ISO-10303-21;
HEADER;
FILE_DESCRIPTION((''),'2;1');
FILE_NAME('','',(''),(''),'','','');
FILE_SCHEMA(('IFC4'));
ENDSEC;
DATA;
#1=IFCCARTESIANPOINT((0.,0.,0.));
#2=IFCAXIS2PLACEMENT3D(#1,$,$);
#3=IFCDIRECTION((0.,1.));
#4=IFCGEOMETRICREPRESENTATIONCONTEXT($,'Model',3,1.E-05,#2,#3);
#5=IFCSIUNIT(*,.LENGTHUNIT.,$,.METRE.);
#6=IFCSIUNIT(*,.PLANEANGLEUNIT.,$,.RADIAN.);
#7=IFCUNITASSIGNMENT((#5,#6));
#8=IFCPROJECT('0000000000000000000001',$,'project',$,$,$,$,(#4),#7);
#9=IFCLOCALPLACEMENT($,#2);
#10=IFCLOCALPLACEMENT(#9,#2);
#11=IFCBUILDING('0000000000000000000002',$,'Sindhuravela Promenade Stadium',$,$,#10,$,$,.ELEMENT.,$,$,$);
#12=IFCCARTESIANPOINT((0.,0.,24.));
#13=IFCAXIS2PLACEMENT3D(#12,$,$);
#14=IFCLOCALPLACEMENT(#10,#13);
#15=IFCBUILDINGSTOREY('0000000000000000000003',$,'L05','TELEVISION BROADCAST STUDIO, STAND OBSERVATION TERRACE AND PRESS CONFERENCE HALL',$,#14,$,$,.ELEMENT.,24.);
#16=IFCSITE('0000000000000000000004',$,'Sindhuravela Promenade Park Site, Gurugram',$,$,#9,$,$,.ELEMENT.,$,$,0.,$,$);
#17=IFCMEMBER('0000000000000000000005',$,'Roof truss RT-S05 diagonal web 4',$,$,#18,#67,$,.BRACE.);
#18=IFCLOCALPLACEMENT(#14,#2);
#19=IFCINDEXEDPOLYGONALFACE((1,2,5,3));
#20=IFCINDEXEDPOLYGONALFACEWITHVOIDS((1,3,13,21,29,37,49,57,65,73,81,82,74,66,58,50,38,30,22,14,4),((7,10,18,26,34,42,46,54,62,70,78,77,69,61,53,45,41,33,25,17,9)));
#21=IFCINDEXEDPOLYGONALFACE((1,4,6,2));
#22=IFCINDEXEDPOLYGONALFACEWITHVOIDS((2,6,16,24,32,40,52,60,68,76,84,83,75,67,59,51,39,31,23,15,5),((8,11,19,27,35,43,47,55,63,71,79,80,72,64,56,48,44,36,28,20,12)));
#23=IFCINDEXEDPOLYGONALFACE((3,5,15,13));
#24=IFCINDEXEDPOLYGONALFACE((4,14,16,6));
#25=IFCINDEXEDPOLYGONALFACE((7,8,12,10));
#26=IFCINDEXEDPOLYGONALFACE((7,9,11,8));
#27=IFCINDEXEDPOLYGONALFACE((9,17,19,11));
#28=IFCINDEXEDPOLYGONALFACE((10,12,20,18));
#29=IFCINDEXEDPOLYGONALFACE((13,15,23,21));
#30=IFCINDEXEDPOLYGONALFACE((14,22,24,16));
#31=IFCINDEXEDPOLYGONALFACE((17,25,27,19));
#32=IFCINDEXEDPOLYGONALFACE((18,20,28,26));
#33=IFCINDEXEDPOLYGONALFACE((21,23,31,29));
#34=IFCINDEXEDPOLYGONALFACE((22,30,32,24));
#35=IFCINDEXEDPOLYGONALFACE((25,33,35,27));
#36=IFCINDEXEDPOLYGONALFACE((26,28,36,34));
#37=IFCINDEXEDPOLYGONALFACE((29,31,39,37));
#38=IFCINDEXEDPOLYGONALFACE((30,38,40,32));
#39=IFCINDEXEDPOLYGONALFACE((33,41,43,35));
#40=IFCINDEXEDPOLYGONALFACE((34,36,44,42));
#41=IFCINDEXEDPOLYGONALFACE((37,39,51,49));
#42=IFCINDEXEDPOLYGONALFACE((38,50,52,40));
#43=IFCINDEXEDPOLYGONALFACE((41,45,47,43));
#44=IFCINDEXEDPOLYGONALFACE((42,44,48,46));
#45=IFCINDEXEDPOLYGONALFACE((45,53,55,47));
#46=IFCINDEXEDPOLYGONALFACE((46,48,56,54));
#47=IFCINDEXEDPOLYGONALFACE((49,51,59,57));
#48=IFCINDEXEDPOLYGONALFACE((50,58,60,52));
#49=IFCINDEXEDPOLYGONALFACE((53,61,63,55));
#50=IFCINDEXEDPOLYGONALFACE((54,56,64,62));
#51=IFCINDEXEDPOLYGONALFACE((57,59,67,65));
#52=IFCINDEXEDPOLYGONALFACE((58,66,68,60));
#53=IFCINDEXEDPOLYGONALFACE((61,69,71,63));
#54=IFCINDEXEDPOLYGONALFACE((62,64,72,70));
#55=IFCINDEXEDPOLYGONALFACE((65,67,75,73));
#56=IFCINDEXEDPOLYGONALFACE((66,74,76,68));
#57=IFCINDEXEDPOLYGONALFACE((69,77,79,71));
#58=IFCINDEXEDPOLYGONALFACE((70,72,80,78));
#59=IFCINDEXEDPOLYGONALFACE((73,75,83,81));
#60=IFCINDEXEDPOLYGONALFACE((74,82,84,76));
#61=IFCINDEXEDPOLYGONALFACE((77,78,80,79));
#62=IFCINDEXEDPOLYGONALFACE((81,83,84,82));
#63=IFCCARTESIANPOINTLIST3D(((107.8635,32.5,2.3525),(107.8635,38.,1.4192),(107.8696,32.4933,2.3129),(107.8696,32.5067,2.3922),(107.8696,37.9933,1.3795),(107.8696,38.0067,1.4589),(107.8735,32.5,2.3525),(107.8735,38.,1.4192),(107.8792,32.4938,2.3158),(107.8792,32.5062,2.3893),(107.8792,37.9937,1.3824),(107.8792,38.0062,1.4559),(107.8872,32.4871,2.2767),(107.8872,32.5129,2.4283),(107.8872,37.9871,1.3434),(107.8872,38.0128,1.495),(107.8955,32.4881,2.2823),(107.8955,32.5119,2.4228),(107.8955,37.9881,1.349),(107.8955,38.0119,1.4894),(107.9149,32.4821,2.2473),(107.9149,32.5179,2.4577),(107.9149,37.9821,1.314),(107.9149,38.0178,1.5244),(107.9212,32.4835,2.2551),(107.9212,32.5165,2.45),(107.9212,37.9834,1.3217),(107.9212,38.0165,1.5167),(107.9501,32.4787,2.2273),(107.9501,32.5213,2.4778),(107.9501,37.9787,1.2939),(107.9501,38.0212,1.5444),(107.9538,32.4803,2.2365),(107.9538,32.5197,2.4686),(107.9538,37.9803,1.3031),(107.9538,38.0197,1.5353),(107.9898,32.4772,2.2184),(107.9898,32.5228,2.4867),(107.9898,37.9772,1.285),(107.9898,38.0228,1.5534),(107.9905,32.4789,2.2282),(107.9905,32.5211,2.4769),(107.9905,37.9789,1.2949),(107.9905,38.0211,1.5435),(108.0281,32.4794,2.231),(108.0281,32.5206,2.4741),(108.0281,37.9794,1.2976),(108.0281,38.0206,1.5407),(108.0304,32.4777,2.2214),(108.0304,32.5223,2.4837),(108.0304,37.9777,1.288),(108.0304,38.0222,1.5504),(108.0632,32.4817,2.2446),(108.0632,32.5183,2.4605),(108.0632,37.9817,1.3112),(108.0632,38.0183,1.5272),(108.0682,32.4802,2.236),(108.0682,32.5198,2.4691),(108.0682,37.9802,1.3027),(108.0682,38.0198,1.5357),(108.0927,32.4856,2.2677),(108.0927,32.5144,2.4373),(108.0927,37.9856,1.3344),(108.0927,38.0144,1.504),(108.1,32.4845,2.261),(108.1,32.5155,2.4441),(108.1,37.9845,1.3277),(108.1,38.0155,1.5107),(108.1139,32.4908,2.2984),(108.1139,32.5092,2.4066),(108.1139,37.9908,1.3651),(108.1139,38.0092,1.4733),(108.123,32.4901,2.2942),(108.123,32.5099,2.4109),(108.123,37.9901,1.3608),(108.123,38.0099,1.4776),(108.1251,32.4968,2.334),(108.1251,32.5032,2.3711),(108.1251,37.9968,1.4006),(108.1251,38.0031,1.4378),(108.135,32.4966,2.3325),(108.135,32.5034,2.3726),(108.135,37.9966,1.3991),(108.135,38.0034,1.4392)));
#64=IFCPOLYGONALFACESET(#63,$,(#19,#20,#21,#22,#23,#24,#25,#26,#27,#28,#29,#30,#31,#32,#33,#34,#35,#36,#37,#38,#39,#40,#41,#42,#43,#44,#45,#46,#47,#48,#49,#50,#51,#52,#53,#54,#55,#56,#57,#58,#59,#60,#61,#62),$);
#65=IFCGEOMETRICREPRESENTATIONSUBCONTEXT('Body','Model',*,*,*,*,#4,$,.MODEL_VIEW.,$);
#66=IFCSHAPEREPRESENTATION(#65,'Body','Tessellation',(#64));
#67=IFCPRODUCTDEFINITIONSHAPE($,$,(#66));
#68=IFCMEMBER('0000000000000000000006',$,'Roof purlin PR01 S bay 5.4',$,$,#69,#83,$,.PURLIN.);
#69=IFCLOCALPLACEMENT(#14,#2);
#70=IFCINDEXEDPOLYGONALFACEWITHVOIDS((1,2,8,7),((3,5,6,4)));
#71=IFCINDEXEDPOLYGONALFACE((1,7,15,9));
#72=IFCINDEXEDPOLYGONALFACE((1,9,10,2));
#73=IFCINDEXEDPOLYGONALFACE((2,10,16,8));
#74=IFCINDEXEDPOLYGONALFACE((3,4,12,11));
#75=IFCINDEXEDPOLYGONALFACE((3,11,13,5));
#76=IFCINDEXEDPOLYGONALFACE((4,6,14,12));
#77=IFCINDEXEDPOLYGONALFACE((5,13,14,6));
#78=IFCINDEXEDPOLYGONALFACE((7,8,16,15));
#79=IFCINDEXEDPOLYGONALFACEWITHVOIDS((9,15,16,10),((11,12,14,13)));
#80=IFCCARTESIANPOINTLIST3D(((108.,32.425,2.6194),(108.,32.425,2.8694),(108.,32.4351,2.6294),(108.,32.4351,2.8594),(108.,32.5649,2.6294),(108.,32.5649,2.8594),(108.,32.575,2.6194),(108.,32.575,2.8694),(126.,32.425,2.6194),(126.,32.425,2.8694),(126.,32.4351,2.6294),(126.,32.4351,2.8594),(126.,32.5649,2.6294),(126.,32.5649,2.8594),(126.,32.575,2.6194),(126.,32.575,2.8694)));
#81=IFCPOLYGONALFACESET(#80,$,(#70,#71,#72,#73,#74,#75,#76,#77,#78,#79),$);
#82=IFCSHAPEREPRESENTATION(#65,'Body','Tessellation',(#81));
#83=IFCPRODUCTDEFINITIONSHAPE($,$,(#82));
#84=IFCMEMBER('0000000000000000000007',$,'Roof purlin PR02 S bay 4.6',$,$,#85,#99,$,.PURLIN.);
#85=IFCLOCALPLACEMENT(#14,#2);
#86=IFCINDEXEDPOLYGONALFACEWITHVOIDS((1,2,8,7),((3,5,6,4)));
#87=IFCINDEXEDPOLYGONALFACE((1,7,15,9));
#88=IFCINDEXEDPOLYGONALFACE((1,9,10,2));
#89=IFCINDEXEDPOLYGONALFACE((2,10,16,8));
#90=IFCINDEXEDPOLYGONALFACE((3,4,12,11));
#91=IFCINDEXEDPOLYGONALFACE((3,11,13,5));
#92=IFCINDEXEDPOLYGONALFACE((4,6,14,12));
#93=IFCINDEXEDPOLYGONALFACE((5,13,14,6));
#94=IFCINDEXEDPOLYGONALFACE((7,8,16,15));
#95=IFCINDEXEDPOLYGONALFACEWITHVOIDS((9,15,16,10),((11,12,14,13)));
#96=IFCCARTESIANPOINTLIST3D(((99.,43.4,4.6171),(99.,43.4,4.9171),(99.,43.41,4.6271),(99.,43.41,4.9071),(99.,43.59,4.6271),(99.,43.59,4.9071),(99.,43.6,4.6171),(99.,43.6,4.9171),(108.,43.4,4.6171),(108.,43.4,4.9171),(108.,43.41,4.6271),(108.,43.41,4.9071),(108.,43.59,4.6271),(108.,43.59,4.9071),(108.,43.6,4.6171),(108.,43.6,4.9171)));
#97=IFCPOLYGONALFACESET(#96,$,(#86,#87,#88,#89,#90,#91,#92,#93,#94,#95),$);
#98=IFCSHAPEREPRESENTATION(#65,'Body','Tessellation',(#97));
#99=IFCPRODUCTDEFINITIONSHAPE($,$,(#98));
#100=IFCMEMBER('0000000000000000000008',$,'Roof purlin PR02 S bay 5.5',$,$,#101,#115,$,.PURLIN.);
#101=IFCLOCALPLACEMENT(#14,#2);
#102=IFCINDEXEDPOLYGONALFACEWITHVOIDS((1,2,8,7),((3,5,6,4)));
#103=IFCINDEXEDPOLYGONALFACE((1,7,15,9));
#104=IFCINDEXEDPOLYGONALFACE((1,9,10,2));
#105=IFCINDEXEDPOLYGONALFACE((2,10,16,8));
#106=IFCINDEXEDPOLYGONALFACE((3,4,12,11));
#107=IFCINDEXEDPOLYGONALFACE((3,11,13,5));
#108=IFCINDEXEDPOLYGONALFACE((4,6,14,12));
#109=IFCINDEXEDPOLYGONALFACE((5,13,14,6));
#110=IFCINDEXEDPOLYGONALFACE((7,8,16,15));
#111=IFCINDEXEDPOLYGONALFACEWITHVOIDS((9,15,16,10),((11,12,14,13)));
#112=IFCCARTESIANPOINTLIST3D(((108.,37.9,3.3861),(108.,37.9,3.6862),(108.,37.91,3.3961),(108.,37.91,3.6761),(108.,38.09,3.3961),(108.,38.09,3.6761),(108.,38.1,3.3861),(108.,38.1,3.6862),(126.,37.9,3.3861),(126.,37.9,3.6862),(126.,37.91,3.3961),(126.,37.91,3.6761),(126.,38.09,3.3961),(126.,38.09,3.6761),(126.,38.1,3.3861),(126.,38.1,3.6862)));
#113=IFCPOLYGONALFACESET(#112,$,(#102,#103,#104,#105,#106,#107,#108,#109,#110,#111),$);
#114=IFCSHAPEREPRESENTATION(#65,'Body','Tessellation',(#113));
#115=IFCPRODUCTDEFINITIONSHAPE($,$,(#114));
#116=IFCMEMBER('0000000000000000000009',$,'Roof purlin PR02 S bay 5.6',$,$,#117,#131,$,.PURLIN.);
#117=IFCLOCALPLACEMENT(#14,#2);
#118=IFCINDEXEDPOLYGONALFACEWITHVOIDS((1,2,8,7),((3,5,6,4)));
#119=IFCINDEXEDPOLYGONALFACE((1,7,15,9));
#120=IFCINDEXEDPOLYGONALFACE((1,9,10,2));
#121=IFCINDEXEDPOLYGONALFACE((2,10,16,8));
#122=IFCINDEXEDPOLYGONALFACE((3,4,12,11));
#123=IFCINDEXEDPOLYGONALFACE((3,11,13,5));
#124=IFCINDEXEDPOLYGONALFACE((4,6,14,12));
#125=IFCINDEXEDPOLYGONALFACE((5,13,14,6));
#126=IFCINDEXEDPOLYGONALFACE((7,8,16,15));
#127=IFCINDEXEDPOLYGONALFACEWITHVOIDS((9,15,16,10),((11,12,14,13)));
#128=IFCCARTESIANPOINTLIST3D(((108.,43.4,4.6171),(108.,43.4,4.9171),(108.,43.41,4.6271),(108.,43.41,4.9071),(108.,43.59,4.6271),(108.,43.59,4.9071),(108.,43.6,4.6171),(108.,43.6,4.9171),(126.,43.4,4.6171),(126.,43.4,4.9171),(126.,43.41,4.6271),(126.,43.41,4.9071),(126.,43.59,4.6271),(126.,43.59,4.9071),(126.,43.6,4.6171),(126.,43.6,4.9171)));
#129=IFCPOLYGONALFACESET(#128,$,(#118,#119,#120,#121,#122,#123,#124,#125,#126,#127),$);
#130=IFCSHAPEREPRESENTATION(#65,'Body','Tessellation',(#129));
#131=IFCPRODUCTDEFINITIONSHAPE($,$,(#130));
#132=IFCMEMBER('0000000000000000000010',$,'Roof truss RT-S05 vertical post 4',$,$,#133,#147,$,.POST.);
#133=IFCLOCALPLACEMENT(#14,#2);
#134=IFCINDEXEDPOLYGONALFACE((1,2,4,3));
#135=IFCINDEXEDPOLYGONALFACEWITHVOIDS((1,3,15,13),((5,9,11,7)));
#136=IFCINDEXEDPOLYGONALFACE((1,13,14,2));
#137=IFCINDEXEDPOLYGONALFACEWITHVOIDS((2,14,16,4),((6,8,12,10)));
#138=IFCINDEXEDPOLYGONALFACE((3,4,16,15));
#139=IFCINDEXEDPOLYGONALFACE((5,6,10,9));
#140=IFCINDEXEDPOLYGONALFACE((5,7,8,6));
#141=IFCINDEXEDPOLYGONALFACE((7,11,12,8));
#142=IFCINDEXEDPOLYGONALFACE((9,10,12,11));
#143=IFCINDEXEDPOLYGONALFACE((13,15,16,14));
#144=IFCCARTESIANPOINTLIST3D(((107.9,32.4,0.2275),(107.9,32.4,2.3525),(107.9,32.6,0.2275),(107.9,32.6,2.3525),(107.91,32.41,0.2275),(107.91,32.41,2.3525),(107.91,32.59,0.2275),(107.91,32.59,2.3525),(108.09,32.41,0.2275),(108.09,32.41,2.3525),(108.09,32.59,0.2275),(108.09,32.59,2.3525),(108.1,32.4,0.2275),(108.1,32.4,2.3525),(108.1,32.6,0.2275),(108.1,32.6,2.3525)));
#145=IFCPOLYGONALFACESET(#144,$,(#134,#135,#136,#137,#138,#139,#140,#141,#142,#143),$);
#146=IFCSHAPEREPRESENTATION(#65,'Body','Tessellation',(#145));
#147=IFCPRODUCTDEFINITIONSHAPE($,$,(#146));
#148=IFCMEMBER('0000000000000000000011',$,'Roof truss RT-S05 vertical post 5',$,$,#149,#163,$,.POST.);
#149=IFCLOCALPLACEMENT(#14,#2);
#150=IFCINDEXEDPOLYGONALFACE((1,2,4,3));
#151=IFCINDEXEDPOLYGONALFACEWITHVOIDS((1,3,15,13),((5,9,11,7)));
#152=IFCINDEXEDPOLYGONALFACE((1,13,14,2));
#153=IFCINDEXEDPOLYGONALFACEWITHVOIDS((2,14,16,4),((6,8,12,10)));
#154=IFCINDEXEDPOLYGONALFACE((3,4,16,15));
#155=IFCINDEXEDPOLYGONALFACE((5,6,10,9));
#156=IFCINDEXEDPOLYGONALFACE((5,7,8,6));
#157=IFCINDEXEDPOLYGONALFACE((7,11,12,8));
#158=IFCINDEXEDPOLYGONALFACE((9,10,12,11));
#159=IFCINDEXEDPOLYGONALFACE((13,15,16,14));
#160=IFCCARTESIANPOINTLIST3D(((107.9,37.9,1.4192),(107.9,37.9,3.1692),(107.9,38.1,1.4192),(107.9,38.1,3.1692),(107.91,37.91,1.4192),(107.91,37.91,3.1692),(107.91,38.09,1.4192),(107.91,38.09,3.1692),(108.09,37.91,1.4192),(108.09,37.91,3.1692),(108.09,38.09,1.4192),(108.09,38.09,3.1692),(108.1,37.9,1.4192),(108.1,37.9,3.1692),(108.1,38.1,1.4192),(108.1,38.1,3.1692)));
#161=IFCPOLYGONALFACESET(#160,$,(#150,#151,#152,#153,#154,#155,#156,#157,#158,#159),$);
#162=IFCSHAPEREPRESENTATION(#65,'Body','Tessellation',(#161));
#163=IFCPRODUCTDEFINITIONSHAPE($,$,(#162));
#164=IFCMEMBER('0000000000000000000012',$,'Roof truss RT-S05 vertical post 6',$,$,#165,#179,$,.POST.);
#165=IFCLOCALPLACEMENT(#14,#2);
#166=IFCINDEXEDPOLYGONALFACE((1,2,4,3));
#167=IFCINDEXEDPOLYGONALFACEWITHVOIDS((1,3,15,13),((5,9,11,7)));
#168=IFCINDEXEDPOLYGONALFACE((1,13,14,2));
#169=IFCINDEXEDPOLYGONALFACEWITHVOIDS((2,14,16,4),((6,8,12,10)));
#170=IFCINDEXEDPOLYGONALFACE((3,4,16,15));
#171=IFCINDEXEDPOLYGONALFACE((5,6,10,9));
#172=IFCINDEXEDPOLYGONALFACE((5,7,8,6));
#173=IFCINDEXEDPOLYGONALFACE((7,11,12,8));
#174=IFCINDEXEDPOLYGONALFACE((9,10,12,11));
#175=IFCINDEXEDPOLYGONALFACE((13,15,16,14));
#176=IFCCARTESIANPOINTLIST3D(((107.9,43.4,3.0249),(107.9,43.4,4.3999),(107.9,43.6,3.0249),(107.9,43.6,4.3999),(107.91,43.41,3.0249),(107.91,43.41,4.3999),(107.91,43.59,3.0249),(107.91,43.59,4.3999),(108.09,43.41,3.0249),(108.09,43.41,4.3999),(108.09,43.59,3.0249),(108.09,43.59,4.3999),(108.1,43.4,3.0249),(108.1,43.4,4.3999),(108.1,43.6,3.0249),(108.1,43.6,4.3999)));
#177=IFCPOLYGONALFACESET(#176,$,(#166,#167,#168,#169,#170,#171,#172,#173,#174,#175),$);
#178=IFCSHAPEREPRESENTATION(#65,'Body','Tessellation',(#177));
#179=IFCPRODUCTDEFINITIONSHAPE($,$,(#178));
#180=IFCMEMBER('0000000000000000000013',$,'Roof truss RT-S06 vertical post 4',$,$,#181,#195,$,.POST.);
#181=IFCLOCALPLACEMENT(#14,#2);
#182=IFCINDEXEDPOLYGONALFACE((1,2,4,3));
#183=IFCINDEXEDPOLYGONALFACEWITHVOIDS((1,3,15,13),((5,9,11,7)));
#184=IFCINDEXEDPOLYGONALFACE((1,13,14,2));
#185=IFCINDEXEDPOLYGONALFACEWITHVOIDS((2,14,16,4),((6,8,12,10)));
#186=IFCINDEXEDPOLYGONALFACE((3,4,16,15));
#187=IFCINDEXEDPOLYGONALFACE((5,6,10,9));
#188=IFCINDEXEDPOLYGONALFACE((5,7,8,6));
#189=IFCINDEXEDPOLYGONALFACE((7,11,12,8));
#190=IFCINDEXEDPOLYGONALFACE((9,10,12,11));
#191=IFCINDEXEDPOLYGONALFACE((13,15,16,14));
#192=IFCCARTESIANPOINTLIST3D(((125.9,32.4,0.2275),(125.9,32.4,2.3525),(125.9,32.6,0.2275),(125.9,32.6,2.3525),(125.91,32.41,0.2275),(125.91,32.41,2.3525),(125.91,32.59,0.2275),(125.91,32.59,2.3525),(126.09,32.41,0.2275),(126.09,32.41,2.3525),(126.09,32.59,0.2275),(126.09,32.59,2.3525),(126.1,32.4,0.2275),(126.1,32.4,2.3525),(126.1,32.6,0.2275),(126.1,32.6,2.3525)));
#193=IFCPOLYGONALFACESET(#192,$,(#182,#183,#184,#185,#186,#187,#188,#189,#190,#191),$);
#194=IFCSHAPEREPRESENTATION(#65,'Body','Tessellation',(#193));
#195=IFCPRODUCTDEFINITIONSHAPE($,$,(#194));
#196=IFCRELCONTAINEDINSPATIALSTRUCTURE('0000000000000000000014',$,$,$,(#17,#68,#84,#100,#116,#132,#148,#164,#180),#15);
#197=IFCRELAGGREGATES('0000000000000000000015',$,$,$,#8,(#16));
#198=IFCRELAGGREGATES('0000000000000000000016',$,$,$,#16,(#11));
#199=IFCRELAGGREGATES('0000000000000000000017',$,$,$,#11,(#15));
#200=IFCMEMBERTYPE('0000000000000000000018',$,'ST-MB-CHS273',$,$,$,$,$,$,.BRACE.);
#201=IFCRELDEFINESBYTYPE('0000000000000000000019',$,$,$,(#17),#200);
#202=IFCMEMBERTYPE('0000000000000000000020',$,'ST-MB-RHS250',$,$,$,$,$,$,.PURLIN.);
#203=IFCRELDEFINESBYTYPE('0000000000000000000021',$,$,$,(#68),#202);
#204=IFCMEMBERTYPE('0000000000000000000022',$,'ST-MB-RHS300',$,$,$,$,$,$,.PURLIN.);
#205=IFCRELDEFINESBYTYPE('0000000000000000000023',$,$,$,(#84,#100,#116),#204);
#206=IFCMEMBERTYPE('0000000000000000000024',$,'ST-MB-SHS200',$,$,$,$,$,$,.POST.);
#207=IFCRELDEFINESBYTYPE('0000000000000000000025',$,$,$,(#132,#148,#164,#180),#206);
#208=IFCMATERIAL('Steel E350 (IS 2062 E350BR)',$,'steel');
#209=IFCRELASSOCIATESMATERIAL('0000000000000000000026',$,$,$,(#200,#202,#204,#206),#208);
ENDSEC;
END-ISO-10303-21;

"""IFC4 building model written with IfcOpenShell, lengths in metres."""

from ifc_helpers import new_model, si_unit, direction, frame, origin, origin_2d, place, context, subcontext, project, spatial, hollow_rectangle, hollow_circle, extrude, material, material_profile, profile_set, type_object, element, save


model = new_model("IFC4")

# Units and contexts
model_context = context("Model", 3, precision=1e-05, world=origin(), true_north=direction((0.0, 1.0)))
body_context = subcontext(model_context, "Body", "Model", "MODEL_VIEW")
ifc_project = project(units=[si_unit("LENGTHUNIT", "METRE"), si_unit("PLANEANGLEUNIT", "RADIAN")], contexts=[model_context])

# Site, building, storey
site_placement = place(None, origin())
site = spatial("IfcSite", under=ifc_project, at=site_placement, Name="Sindhuravela Promenade Park Site, Gurugram", CompositionType="ELEMENT", RefElevation=0.0)
building_placement = place(site_placement, origin())
building = spatial("IfcBuilding", under=site, at=building_placement, Name="Sindhuravela Promenade Stadium", CompositionType="ELEMENT")
storey_placement = place(building_placement, frame((0.0, 0.0, 24.0)))
storey = spatial("IfcBuildingStorey", under=building, at=storey_placement, Name="L05", Description="TELEVISION BROADCAST STUDIO, STAND OBSERVATION TERRACE AND PRESS CONFERENCE HALL", CompositionType="ELEMENT", Elevation=24.0)

# Shared definitions
ifc_material_1 = material(Name="Steel E350 (IS 2062 E350BR)", Category="steel")

# Members
ifc_material_profile_1 = material_profile(ifc_material_1, hollow_circle(Radius=0.1365, WallThickness=0.01, at=origin_2d()), Name="CHS 273.0x10")
ifc_profile_set_1 = profile_set([ifc_material_profile_1], Name="Steel E350 (IS 2062 E350BR)")
member_type_1 = type_object("IfcMemberType", Name="ST-MB-CHS273", PredefinedType="BRACE", material=ifc_profile_set_1)
member_1_placement = place(storey_placement, frame((108.0, 32.5, 2.3525), z_axis=(0.0, 0.985905, -0.167308), x_axis=(-1.0, 0.0, 0.0)))
element("IfcMember", 1, at=member_1_placement, inside=storey, type_object=member_type_1, Name="Roof truss RT-S05 diagonal web 4", PredefinedType="BRACE", context=body_context, shape_type="SweptSolid", body=[
    extrude(hollow_circle(Radius=0.1365, WallThickness=0.01, at=origin_2d()), origin(), (0.0, 0.0, 1.0), 5.5786),
])
ifc_material_profile_2 = material_profile(ifc_material_1, hollow_rectangle(XDim=0.1499, YDim=0.25, WallThickness=0.01, at=origin_2d()), Name="RHS 250x150x10")
ifc_profile_set_2 = profile_set([ifc_material_profile_2], Name="Steel E350 (IS 2062 E350BR)")
member_type_2 = type_object("IfcMemberType", Name="ST-MB-RHS250", PredefinedType="PURLIN", material=ifc_profile_set_2)
member_2_placement = place(storey_placement, frame((108.0, 32.5, 2.7444), z_axis=(1.0, 0.0, 0.0), x_axis=(0.0, 1.0, 0.0)))
element("IfcMember", 2, at=member_2_placement, inside=storey, type_object=member_type_2, Name="Roof purlin PR01 S bay 5.4", PredefinedType="PURLIN", context=body_context, shape_type="SweptSolid", body=[
    extrude(hollow_rectangle(XDim=0.1499, YDim=0.25, WallThickness=0.01, at=origin_2d()), origin(), (0.0, 0.0, 1.0), 18.0),
])
ifc_material_profile_3 = material_profile(ifc_material_1, hollow_rectangle(XDim=0.2, YDim=0.3, WallThickness=0.01, at=origin_2d()), Name="RHS 300x200x10")
ifc_profile_set_3 = profile_set([ifc_material_profile_3], Name="Steel E350 (IS 2062 E350BR)")
member_type_3 = type_object("IfcMemberType", Name="ST-MB-RHS300", PredefinedType="PURLIN", material=ifc_profile_set_3)
member_3_placement = place(storey_placement, frame((99.0, 43.5, 4.7671), z_axis=(1.0, 0.0, 0.0), x_axis=(0.0, 1.0, 0.0)))
element("IfcMember", 3, at=member_3_placement, inside=storey, type_object=member_type_3, Name="Roof purlin PR02 S bay 4.6", PredefinedType="PURLIN", context=body_context, shape_type="SweptSolid", body=[
    extrude(hollow_rectangle(XDim=0.2, YDim=0.3, WallThickness=0.01, at=origin_2d()), origin(), (0.0, 0.0, 1.0), 9.0),
])
for number, where, z_axis, x_axis, name in (
    (4, (108.0, 38.0, 3.5361), (1.0, 0.0, 0.0), (0.0, 1.0, 0.0), "Roof purlin PR02 S bay 5.5"),
    (5, (108.0, 43.5, 4.7671), (1.0, 0.0, 0.0), (0.0, 1.0, 0.0), "Roof purlin PR02 S bay 5.6"),
):
    element("IfcMember", number, at=place(storey_placement, frame(where, z_axis=z_axis, x_axis=x_axis)), inside=storey, type_object=member_type_3, Name=name, PredefinedType="PURLIN", context=body_context, shape_type="SweptSolid", body=[
        extrude(hollow_rectangle(XDim=0.2, YDim=0.3, WallThickness=0.01, at=origin_2d()), origin(), (0.0, 0.0, 1.0), 18.0),
    ])
ifc_material_profile_4 = material_profile(ifc_material_1, hollow_rectangle(XDim=0.2, YDim=0.2, WallThickness=0.01, at=origin_2d()), Name="SHS 200x200x10")
ifc_profile_set_4 = profile_set([ifc_material_profile_4], Name="Steel E350 (IS 2062 E350BR)")
member_type_4 = type_object("IfcMemberType", Name="ST-MB-SHS200", PredefinedType="POST", material=ifc_profile_set_4)
member_4_placement = place(storey_placement, frame((108.0, 32.5, 0.2275), z_axis=(0.0, 0.0, 1.0), x_axis=(1.0, 0.0, 0.0)))
element("IfcMember", 6, at=member_4_placement, inside=storey, type_object=member_type_4, Name="Roof truss RT-S05 vertical post 4", PredefinedType="POST", context=body_context, shape_type="SweptSolid", body=[
    extrude(hollow_rectangle(XDim=0.2, YDim=0.2, WallThickness=0.01, at=origin_2d()), origin(), (0.0, 0.0, 1.0), 2.125),
])
member_5_placement = place(storey_placement, frame((108.0, 38.0, 1.4192), z_axis=(0.0, 0.0, 1.0), x_axis=(1.0, 0.0, 0.0)))
element("IfcMember", 7, at=member_5_placement, inside=storey, type_object=member_type_4, Name="Roof truss RT-S05 vertical post 5", PredefinedType="POST", context=body_context, shape_type="SweptSolid", body=[
    extrude(hollow_rectangle(XDim=0.2, YDim=0.2, WallThickness=0.01, at=origin_2d()), origin(), (0.0, 0.0, 1.0), 1.75),
])
member_6_placement = place(storey_placement, frame((108.0, 43.5, 3.0249), z_axis=(0.0, 0.0, 1.0), x_axis=(1.0, 0.0, 0.0)))
element("IfcMember", 8, at=member_6_placement, inside=storey, type_object=member_type_4, Name="Roof truss RT-S05 vertical post 6", PredefinedType="POST", context=body_context, shape_type="SweptSolid", body=[
    extrude(hollow_rectangle(XDim=0.2, YDim=0.2, WallThickness=0.01, at=origin_2d()), origin(), (0.0, 0.0, 1.0), 1.375),
])
member_7_placement = place(storey_placement, frame((126.0, 32.5, 0.2275), z_axis=(0.0, 0.0, 1.0), x_axis=(1.0, 0.0, 0.0)))
element("IfcMember", 9, at=member_7_placement, inside=storey, type_object=member_type_4, Name="Roof truss RT-S06 vertical post 4", PredefinedType="POST", context=body_context, shape_type="SweptSolid", body=[
    extrude(hollow_rectangle(XDim=0.2, YDim=0.2, WallThickness=0.01, at=origin_2d()), origin(), (0.0, 0.0, 1.0), 2.125),
])

save(model, "model.ifc")
